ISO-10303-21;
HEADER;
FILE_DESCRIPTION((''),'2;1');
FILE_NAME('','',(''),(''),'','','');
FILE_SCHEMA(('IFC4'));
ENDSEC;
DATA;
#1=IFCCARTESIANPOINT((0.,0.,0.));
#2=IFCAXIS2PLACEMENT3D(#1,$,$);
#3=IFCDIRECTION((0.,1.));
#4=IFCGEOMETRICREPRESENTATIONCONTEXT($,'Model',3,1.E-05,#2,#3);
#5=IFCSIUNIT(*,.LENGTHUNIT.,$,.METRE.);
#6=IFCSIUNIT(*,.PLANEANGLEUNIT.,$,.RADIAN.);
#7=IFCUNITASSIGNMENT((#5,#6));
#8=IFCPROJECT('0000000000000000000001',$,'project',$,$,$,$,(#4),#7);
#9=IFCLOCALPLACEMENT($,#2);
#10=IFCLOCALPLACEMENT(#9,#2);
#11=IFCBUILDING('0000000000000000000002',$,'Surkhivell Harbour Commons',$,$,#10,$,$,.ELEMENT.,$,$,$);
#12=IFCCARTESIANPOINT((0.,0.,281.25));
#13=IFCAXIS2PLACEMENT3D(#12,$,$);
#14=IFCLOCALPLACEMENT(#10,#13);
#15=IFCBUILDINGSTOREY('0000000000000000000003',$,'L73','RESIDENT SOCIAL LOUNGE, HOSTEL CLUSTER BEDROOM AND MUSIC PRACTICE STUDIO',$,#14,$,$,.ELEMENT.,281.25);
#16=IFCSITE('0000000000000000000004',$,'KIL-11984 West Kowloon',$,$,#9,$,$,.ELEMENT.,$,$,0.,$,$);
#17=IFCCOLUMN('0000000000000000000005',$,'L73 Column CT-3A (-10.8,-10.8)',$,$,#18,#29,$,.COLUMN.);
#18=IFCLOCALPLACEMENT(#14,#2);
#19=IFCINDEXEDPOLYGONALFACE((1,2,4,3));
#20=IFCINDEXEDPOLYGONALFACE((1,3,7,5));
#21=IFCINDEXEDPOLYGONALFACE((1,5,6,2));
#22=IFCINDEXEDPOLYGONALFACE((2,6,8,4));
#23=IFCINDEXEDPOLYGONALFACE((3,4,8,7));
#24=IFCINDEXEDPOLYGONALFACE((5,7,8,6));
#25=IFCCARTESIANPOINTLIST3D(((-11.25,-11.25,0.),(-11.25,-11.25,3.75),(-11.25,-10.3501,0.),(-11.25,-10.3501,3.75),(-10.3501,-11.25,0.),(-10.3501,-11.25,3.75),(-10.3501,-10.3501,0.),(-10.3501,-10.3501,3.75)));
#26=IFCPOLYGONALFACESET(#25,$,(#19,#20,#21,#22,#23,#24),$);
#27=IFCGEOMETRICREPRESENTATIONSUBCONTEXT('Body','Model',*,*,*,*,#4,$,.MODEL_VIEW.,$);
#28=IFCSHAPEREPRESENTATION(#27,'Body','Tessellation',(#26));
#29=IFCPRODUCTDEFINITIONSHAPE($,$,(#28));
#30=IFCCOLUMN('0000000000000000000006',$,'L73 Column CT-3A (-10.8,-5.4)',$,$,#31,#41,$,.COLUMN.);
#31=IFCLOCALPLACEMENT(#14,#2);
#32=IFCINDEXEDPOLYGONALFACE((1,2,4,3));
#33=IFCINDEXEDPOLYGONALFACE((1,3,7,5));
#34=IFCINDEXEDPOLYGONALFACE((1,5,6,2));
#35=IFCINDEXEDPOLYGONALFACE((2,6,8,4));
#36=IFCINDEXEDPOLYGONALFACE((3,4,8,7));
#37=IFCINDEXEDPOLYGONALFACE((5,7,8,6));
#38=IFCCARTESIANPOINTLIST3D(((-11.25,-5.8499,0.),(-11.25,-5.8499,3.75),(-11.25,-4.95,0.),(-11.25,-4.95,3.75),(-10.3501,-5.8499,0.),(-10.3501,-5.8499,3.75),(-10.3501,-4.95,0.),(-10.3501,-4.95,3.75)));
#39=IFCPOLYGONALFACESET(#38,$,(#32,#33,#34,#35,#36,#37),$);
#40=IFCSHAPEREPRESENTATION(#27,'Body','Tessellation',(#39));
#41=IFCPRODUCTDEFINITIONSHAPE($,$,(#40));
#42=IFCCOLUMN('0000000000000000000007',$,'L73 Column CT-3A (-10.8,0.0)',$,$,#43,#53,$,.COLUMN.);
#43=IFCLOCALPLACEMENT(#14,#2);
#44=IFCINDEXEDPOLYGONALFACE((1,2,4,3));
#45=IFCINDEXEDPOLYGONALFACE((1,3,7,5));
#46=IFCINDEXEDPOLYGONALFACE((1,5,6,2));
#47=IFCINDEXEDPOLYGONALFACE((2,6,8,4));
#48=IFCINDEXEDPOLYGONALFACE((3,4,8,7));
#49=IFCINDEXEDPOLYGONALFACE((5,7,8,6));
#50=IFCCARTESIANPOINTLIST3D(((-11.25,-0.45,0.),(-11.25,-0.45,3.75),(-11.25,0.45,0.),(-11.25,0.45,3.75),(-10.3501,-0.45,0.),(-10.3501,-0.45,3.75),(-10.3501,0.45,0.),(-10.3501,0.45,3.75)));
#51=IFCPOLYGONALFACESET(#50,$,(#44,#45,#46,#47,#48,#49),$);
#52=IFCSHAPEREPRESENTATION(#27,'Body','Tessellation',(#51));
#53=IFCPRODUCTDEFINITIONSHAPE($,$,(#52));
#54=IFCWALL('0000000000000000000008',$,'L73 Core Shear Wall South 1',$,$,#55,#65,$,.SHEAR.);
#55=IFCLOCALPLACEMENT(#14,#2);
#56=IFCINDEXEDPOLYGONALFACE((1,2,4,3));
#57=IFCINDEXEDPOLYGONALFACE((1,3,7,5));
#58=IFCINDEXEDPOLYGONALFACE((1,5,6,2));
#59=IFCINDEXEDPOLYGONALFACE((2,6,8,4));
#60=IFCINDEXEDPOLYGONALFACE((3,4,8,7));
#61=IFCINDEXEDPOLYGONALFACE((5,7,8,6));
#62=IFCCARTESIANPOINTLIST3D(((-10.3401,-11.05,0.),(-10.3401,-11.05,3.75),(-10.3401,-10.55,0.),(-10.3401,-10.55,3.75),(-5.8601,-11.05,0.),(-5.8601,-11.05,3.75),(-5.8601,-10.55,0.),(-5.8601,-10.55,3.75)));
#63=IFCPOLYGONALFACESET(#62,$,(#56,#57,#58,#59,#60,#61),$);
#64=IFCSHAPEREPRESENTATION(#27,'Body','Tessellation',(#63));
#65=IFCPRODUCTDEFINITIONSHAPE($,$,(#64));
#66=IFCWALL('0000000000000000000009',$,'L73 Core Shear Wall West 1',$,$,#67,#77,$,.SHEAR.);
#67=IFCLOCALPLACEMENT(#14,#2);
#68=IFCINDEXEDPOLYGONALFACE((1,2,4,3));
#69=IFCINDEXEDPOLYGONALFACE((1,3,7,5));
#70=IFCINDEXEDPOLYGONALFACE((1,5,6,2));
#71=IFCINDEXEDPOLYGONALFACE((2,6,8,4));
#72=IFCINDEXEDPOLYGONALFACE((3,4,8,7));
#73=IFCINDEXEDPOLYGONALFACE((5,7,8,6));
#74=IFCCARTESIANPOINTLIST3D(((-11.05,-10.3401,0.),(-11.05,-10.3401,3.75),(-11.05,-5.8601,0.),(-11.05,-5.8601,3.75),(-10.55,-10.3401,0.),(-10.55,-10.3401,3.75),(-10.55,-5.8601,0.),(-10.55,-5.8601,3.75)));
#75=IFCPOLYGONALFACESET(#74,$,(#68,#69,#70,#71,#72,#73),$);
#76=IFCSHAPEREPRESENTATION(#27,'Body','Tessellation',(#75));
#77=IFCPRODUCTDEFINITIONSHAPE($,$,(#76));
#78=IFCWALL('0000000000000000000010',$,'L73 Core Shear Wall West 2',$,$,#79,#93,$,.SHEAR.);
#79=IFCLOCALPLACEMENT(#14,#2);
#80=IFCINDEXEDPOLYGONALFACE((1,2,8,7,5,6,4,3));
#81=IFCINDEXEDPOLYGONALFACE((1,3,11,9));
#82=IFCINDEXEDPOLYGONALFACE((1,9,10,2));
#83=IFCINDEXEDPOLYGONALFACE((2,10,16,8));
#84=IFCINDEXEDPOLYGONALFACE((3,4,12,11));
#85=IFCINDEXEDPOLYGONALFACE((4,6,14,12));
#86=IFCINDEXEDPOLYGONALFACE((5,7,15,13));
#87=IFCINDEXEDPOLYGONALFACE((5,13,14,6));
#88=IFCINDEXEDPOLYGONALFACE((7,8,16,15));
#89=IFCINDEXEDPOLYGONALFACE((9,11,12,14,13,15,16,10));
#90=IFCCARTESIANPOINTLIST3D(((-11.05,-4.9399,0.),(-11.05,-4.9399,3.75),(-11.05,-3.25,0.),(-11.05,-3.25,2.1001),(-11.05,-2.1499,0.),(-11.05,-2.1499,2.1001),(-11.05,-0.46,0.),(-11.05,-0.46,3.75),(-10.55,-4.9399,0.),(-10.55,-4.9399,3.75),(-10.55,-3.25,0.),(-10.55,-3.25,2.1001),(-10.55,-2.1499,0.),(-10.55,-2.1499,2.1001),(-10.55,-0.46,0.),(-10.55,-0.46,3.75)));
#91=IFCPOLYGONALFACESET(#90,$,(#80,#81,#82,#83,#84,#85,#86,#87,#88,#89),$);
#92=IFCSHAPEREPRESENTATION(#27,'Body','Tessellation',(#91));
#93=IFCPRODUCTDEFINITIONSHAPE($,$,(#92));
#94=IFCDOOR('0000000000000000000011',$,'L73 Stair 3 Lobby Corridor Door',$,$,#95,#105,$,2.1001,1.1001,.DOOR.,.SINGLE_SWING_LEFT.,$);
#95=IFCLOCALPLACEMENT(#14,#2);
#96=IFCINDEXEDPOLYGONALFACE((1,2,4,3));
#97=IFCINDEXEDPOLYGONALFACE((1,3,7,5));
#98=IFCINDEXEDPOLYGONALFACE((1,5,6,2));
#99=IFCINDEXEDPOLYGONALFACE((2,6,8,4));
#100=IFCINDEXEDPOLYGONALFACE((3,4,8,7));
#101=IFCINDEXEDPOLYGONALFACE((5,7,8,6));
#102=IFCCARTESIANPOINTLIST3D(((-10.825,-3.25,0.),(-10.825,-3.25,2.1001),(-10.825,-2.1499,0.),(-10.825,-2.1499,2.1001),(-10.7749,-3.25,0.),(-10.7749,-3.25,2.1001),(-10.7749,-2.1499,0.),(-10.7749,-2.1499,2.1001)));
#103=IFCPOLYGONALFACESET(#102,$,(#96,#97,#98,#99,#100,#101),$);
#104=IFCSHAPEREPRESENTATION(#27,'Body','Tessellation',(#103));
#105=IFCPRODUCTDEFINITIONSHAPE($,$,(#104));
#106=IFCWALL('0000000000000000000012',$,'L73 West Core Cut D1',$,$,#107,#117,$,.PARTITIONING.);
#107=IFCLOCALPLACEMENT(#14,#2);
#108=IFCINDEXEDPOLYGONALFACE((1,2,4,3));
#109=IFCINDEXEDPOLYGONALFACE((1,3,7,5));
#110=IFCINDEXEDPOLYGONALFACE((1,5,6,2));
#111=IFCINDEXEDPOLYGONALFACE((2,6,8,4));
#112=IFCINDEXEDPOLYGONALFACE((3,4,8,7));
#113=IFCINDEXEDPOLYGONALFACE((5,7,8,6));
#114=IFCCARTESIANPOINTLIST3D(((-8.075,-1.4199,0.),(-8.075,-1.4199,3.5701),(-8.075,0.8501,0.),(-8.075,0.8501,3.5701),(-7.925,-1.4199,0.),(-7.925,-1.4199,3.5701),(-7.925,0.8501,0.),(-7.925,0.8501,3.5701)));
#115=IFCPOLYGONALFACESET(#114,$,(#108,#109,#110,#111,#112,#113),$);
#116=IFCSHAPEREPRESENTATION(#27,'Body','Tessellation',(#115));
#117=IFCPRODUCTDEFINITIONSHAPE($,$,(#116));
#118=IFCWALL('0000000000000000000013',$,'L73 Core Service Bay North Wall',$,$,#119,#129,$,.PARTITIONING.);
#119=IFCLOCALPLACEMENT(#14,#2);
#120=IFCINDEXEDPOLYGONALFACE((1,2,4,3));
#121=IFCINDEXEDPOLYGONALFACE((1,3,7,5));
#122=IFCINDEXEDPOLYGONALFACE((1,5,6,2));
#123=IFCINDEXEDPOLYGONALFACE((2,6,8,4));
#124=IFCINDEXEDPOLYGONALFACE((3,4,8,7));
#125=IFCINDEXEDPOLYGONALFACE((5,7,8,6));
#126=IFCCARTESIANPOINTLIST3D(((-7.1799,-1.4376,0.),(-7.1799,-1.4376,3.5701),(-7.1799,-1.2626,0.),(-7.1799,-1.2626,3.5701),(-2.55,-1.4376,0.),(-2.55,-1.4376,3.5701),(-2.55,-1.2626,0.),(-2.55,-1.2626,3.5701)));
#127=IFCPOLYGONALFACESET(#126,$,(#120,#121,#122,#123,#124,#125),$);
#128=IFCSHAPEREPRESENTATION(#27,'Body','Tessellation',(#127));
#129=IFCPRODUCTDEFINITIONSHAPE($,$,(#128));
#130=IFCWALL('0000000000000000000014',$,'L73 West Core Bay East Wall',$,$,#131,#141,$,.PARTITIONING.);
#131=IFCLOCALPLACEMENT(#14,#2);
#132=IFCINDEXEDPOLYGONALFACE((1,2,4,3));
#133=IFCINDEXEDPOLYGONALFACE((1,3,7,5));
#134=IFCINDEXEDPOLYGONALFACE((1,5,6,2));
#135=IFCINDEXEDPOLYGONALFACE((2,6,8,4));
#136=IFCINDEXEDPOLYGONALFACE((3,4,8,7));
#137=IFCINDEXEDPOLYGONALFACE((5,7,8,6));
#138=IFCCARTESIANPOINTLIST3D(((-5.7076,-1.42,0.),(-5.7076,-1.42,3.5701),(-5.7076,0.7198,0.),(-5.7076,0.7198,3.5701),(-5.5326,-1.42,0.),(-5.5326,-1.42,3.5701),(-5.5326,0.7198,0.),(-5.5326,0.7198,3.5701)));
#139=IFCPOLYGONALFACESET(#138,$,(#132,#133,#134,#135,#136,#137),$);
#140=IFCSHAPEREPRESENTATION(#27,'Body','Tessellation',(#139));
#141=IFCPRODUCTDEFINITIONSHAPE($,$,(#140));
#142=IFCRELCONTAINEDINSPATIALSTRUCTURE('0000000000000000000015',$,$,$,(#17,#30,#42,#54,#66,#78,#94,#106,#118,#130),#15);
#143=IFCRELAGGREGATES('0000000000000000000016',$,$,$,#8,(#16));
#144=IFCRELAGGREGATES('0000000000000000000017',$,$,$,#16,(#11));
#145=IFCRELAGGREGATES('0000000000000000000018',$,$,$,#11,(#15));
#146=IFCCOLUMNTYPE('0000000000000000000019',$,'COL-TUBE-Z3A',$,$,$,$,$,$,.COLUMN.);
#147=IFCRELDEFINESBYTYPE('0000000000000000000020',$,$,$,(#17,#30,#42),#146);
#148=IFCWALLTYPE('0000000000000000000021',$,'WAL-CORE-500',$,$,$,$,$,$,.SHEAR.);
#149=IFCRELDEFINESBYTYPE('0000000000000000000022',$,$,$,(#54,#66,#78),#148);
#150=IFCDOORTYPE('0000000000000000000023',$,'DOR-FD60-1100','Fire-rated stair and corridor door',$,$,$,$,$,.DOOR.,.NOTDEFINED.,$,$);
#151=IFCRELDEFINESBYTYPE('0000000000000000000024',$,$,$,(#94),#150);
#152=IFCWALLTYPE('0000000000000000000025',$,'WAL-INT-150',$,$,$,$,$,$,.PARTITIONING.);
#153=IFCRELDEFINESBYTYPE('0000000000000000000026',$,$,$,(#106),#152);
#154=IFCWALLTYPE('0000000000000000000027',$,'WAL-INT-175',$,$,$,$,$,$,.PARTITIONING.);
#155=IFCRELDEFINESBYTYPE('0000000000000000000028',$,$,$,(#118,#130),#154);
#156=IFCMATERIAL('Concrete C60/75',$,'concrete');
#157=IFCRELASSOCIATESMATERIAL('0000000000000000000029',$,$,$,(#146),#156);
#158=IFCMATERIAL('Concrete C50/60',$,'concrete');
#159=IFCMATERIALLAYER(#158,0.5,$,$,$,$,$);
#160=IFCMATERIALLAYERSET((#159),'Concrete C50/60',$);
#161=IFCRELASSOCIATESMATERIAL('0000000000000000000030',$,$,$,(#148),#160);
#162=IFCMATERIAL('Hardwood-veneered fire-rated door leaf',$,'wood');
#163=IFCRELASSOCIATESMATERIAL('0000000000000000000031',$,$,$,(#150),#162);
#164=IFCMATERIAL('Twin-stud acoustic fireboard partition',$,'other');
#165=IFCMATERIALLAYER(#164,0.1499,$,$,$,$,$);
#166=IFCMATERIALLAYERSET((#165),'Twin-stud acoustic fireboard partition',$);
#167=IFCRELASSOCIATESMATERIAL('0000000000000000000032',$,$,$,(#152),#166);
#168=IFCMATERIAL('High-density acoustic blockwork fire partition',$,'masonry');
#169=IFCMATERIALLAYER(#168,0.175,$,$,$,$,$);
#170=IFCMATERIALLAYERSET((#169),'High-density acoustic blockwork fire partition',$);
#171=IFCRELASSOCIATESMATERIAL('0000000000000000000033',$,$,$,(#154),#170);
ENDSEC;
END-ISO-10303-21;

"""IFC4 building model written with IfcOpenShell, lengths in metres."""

from ifc_helpers import new_model, si_unit, direction, frame, frame_2d, origin, origin_2d, place, context, subcontext, project, spatial, rectangle, extrude, material, layer, layer_set, material_profile, profile_set, type_object, element, fill, save


model = new_model("IFC4")

# Units and contexts
model_context = context("Model", 3, precision=1e-05, world=origin(), true_north=direction((0.0, 1.0)))
body_context = subcontext(model_context, "Body", "Model", "MODEL_VIEW")
ifc_project = project(units=[si_unit("LENGTHUNIT", "METRE"), si_unit("PLANEANGLEUNIT", "RADIAN")], contexts=[model_context])

# Site, building, storey
site_placement = place(None, origin())
site = spatial("IfcSite", under=ifc_project, at=site_placement, Name="KIL-11984 West Kowloon", CompositionType="ELEMENT", RefElevation=0.0)
building_placement = place(site_placement, origin())
building = spatial("IfcBuilding", under=site, at=building_placement, Name="Surkhivell Harbour Commons", CompositionType="ELEMENT")
storey_placement = place(building_placement, frame((0.0, 0.0, 281.25)))
storey = spatial("IfcBuildingStorey", under=building, at=storey_placement, Name="L73", Description="RESIDENT SOCIAL LOUNGE, HOSTEL CLUSTER BEDROOM AND MUSIC PRACTICE STUDIO", CompositionType="ELEMENT", Elevation=281.25)

# Columns
ifc_material_1 = material(Name="Concrete C60/75", Category="concrete")
ifc_material_profile = material_profile(ifc_material_1, rectangle(XDim=0.8999, YDim=0.8999, at=origin_2d()), Name="RC-COL-900x900")
ifc_profile_set = profile_set([ifc_material_profile], Name="Concrete C60/75")
column_type = type_object("IfcColumnType", Name="COL-TUBE-Z3A", PredefinedType="COLUMN", material=ifc_profile_set)
for number, where, z_axis, x_axis, name in (
    (1, (-10.8, -10.8, 0.0), (0.0, 0.0, 1.0), (1.0, 0.0, 0.0), "L73 Column CT-3A (-10.8,-10.8)"),
    (2, (-10.8, -5.3999, 0.0), (0.0, 0.0, 1.0), (1.0, 0.0, 0.0), "L73 Column CT-3A (-10.8,-5.4)"),
    (3, (-10.8, 0.0, 0.0), (0.0, 0.0, 1.0), (1.0, 0.0, 0.0), "L73 Column CT-3A (-10.8,0.0)"),
):
    element("IfcColumn", number, at=place(storey_placement, frame(where, z_axis=z_axis, x_axis=x_axis)), inside=storey, type_object=column_type, Name=name, PredefinedType="COLUMN", context=body_context, shape_type="SweptSolid", body=[
        extrude(rectangle(XDim=0.8999, YDim=0.8999, at=origin_2d()), origin(), (0.0, 0.0, 1.0), 3.75),
    ])

# Walls
ifc_material_2 = material(Name="Concrete C50/60", Category="concrete")
ifc_layer_1 = layer(ifc_material_2, 0.5)
ifc_layer_set_1 = layer_set([ifc_layer_1], Name="Concrete C50/60")
wall_type_1 = type_object("IfcWallType", Name="WAL-CORE-500", PredefinedType="SHEAR", material=ifc_layer_set_1)
for number, where, z_axis, x_axis, name in (
    (4, (-10.3401, -10.8, 0.0), (0.0, 0.0, 1.0), (1.0, 0.0, 0.0), "L73 Core Shear Wall South 1"),
    (5, (-10.8, -10.3401, 0.0), (0.0, 0.0, 1.0), (0.0, 1.0, 0.0), "L73 Core Shear Wall West 1"),
):
    element("IfcWall", number, at=place(storey_placement, frame(where, z_axis=z_axis, x_axis=x_axis)), inside=storey, type_object=wall_type_1, Name=name, PredefinedType="SHEAR", context=body_context, shape_type="SweptSolid", body=[
        extrude(rectangle(XDim=4.48, YDim=0.5, at=frame_2d((2.24, 0.0))), origin(), (0.0, 0.0, 1.0), 3.75),
    ])

# Wall, opening, door
wall_1_placement = place(storey_placement, frame((-10.8, -4.9399, 0.0), z_axis=(0.0, 0.0, 1.0), x_axis=(0.0, 1.0, 0.0)))
wall_1 = element("IfcWall", 6, at=wall_1_placement, inside=storey, type_object=wall_type_1, Name="L73 Core Shear Wall West 2", PredefinedType="SHEAR", context=body_context, shape_type="SweptSolid", body=[
    extrude(rectangle(XDim=4.48, YDim=0.5, at=frame_2d((2.24, 0.0))), origin(), (0.0, 0.0, 1.0), 3.75),
])
opening_1_placement = place(wall_1_placement, frame((1.6899, 0.0, 0.0)))
opening_1 = element("IfcOpeningElement", 7, at=opening_1_placement, cuts=wall_1, PredefinedType="OPENING", context=body_context, shape_type="SweptSolid", body=[
    extrude(rectangle(XDim=1.1001, YDim=2.1001, at=frame_2d((0.55, 1.05))), frame((0.0, 0.26, 0.0), z_axis=(0.0, -1.0, 0.0), x_axis=(1.0, 0.0, 0.0)), (0.0, 0.0, 1.0), 0.52),
])
ifc_material_3 = material(Name="Hardwood-veneered fire-rated door leaf", Category="wood")
door_type_1 = type_object("IfcDoorType", Name="DOR-FD60-1100", Description="Fire-rated stair and corridor door", OperationType="NOTDEFINED", PredefinedType="DOOR", material=ifc_material_3)
door_1_placement = place(opening_1_placement, origin())
door_1 = element("IfcDoor", 8, at=door_1_placement, inside=storey, type_object=door_type_1, Name="L73 Stair 3 Lobby Corridor Door", OperationType="SINGLE_SWING_LEFT", OverallHeight=2.1001, OverallWidth=1.1001, PredefinedType="DOOR", context=body_context, shape_type="SweptSolid", body=[
    extrude(rectangle(XDim=1.1001, YDim=2.1001, at=frame_2d((0.55, 1.05))), frame((0.0, 0.0249, 0.0), z_axis=(0.0, -1.0, 0.0), x_axis=(1.0, 0.0, 0.0)), (0.0, 0.0, 1.0), 0.05),
])
fill(opening_1, door_1)

# Walls
ifc_material_4 = material(Name="Twin-stud acoustic fireboard partition", Category="other")
ifc_layer_2 = layer(ifc_material_4, 0.1499)
ifc_layer_set_2 = layer_set([ifc_layer_2], Name="Twin-stud acoustic fireboard partition")
wall_type_2 = type_object("IfcWallType", Name="WAL-INT-150", PredefinedType="PARTITIONING", material=ifc_layer_set_2)
wall_2_placement = place(storey_placement, frame((-8.0, -1.4199, 0.0), z_axis=(0.0, 0.0, 1.0), x_axis=(0.0, 1.0, 0.0)))
element("IfcWall", 9, at=wall_2_placement, inside=storey, type_object=wall_type_2, Name="L73 West Core Cut D1", PredefinedType="PARTITIONING", context=body_context, shape_type="SweptSolid", body=[
    extrude(rectangle(XDim=2.27, YDim=0.1499, at=frame_2d((1.135, 0.0))), origin(), (0.0, 0.0, 1.0), 3.5701),
])
ifc_material_5 = material(Name="High-density acoustic blockwork fire partition", Category="masonry")
ifc_layer_3 = layer(ifc_material_5, 0.175)
ifc_layer_set_3 = layer_set([ifc_layer_3], Name="High-density acoustic blockwork fire partition")
wall_type_3 = type_object("IfcWallType", Name="WAL-INT-175", PredefinedType="PARTITIONING", material=ifc_layer_set_3)
wall_3_placement = place(storey_placement, frame((-7.1799, -1.3501, 0.0), z_axis=(0.0, 0.0, 1.0), x_axis=(1.0, 0.0, 0.0)))
element("IfcWall", 10, at=wall_3_placement, inside=storey, type_object=wall_type_3, Name="L73 Core Service Bay North Wall", PredefinedType="PARTITIONING", context=body_context, shape_type="SweptSolid", body=[
    extrude(rectangle(XDim=4.6299, YDim=0.175, at=frame_2d((2.3149, 0.0))), origin(), (0.0, 0.0, 1.0), 3.5701),
])
wall_4_placement = place(storey_placement, frame((-5.6201, -1.4199, 0.0), z_axis=(0.0, 0.0, 1.0), x_axis=(0.0, 1.0, 0.0)))
element("IfcWall", 11, at=wall_4_placement, inside=storey, type_object=wall_type_3, Name="L73 West Core Bay East Wall", PredefinedType="PARTITIONING", context=body_context, shape_type="SweptSolid", body=[
    extrude(rectangle(XDim=2.1399, YDim=0.175, at=frame_2d((1.0698, 0.0))), origin(), (0.0, 0.0, 1.0), 3.5701),
])

save(model, "model.ifc")
